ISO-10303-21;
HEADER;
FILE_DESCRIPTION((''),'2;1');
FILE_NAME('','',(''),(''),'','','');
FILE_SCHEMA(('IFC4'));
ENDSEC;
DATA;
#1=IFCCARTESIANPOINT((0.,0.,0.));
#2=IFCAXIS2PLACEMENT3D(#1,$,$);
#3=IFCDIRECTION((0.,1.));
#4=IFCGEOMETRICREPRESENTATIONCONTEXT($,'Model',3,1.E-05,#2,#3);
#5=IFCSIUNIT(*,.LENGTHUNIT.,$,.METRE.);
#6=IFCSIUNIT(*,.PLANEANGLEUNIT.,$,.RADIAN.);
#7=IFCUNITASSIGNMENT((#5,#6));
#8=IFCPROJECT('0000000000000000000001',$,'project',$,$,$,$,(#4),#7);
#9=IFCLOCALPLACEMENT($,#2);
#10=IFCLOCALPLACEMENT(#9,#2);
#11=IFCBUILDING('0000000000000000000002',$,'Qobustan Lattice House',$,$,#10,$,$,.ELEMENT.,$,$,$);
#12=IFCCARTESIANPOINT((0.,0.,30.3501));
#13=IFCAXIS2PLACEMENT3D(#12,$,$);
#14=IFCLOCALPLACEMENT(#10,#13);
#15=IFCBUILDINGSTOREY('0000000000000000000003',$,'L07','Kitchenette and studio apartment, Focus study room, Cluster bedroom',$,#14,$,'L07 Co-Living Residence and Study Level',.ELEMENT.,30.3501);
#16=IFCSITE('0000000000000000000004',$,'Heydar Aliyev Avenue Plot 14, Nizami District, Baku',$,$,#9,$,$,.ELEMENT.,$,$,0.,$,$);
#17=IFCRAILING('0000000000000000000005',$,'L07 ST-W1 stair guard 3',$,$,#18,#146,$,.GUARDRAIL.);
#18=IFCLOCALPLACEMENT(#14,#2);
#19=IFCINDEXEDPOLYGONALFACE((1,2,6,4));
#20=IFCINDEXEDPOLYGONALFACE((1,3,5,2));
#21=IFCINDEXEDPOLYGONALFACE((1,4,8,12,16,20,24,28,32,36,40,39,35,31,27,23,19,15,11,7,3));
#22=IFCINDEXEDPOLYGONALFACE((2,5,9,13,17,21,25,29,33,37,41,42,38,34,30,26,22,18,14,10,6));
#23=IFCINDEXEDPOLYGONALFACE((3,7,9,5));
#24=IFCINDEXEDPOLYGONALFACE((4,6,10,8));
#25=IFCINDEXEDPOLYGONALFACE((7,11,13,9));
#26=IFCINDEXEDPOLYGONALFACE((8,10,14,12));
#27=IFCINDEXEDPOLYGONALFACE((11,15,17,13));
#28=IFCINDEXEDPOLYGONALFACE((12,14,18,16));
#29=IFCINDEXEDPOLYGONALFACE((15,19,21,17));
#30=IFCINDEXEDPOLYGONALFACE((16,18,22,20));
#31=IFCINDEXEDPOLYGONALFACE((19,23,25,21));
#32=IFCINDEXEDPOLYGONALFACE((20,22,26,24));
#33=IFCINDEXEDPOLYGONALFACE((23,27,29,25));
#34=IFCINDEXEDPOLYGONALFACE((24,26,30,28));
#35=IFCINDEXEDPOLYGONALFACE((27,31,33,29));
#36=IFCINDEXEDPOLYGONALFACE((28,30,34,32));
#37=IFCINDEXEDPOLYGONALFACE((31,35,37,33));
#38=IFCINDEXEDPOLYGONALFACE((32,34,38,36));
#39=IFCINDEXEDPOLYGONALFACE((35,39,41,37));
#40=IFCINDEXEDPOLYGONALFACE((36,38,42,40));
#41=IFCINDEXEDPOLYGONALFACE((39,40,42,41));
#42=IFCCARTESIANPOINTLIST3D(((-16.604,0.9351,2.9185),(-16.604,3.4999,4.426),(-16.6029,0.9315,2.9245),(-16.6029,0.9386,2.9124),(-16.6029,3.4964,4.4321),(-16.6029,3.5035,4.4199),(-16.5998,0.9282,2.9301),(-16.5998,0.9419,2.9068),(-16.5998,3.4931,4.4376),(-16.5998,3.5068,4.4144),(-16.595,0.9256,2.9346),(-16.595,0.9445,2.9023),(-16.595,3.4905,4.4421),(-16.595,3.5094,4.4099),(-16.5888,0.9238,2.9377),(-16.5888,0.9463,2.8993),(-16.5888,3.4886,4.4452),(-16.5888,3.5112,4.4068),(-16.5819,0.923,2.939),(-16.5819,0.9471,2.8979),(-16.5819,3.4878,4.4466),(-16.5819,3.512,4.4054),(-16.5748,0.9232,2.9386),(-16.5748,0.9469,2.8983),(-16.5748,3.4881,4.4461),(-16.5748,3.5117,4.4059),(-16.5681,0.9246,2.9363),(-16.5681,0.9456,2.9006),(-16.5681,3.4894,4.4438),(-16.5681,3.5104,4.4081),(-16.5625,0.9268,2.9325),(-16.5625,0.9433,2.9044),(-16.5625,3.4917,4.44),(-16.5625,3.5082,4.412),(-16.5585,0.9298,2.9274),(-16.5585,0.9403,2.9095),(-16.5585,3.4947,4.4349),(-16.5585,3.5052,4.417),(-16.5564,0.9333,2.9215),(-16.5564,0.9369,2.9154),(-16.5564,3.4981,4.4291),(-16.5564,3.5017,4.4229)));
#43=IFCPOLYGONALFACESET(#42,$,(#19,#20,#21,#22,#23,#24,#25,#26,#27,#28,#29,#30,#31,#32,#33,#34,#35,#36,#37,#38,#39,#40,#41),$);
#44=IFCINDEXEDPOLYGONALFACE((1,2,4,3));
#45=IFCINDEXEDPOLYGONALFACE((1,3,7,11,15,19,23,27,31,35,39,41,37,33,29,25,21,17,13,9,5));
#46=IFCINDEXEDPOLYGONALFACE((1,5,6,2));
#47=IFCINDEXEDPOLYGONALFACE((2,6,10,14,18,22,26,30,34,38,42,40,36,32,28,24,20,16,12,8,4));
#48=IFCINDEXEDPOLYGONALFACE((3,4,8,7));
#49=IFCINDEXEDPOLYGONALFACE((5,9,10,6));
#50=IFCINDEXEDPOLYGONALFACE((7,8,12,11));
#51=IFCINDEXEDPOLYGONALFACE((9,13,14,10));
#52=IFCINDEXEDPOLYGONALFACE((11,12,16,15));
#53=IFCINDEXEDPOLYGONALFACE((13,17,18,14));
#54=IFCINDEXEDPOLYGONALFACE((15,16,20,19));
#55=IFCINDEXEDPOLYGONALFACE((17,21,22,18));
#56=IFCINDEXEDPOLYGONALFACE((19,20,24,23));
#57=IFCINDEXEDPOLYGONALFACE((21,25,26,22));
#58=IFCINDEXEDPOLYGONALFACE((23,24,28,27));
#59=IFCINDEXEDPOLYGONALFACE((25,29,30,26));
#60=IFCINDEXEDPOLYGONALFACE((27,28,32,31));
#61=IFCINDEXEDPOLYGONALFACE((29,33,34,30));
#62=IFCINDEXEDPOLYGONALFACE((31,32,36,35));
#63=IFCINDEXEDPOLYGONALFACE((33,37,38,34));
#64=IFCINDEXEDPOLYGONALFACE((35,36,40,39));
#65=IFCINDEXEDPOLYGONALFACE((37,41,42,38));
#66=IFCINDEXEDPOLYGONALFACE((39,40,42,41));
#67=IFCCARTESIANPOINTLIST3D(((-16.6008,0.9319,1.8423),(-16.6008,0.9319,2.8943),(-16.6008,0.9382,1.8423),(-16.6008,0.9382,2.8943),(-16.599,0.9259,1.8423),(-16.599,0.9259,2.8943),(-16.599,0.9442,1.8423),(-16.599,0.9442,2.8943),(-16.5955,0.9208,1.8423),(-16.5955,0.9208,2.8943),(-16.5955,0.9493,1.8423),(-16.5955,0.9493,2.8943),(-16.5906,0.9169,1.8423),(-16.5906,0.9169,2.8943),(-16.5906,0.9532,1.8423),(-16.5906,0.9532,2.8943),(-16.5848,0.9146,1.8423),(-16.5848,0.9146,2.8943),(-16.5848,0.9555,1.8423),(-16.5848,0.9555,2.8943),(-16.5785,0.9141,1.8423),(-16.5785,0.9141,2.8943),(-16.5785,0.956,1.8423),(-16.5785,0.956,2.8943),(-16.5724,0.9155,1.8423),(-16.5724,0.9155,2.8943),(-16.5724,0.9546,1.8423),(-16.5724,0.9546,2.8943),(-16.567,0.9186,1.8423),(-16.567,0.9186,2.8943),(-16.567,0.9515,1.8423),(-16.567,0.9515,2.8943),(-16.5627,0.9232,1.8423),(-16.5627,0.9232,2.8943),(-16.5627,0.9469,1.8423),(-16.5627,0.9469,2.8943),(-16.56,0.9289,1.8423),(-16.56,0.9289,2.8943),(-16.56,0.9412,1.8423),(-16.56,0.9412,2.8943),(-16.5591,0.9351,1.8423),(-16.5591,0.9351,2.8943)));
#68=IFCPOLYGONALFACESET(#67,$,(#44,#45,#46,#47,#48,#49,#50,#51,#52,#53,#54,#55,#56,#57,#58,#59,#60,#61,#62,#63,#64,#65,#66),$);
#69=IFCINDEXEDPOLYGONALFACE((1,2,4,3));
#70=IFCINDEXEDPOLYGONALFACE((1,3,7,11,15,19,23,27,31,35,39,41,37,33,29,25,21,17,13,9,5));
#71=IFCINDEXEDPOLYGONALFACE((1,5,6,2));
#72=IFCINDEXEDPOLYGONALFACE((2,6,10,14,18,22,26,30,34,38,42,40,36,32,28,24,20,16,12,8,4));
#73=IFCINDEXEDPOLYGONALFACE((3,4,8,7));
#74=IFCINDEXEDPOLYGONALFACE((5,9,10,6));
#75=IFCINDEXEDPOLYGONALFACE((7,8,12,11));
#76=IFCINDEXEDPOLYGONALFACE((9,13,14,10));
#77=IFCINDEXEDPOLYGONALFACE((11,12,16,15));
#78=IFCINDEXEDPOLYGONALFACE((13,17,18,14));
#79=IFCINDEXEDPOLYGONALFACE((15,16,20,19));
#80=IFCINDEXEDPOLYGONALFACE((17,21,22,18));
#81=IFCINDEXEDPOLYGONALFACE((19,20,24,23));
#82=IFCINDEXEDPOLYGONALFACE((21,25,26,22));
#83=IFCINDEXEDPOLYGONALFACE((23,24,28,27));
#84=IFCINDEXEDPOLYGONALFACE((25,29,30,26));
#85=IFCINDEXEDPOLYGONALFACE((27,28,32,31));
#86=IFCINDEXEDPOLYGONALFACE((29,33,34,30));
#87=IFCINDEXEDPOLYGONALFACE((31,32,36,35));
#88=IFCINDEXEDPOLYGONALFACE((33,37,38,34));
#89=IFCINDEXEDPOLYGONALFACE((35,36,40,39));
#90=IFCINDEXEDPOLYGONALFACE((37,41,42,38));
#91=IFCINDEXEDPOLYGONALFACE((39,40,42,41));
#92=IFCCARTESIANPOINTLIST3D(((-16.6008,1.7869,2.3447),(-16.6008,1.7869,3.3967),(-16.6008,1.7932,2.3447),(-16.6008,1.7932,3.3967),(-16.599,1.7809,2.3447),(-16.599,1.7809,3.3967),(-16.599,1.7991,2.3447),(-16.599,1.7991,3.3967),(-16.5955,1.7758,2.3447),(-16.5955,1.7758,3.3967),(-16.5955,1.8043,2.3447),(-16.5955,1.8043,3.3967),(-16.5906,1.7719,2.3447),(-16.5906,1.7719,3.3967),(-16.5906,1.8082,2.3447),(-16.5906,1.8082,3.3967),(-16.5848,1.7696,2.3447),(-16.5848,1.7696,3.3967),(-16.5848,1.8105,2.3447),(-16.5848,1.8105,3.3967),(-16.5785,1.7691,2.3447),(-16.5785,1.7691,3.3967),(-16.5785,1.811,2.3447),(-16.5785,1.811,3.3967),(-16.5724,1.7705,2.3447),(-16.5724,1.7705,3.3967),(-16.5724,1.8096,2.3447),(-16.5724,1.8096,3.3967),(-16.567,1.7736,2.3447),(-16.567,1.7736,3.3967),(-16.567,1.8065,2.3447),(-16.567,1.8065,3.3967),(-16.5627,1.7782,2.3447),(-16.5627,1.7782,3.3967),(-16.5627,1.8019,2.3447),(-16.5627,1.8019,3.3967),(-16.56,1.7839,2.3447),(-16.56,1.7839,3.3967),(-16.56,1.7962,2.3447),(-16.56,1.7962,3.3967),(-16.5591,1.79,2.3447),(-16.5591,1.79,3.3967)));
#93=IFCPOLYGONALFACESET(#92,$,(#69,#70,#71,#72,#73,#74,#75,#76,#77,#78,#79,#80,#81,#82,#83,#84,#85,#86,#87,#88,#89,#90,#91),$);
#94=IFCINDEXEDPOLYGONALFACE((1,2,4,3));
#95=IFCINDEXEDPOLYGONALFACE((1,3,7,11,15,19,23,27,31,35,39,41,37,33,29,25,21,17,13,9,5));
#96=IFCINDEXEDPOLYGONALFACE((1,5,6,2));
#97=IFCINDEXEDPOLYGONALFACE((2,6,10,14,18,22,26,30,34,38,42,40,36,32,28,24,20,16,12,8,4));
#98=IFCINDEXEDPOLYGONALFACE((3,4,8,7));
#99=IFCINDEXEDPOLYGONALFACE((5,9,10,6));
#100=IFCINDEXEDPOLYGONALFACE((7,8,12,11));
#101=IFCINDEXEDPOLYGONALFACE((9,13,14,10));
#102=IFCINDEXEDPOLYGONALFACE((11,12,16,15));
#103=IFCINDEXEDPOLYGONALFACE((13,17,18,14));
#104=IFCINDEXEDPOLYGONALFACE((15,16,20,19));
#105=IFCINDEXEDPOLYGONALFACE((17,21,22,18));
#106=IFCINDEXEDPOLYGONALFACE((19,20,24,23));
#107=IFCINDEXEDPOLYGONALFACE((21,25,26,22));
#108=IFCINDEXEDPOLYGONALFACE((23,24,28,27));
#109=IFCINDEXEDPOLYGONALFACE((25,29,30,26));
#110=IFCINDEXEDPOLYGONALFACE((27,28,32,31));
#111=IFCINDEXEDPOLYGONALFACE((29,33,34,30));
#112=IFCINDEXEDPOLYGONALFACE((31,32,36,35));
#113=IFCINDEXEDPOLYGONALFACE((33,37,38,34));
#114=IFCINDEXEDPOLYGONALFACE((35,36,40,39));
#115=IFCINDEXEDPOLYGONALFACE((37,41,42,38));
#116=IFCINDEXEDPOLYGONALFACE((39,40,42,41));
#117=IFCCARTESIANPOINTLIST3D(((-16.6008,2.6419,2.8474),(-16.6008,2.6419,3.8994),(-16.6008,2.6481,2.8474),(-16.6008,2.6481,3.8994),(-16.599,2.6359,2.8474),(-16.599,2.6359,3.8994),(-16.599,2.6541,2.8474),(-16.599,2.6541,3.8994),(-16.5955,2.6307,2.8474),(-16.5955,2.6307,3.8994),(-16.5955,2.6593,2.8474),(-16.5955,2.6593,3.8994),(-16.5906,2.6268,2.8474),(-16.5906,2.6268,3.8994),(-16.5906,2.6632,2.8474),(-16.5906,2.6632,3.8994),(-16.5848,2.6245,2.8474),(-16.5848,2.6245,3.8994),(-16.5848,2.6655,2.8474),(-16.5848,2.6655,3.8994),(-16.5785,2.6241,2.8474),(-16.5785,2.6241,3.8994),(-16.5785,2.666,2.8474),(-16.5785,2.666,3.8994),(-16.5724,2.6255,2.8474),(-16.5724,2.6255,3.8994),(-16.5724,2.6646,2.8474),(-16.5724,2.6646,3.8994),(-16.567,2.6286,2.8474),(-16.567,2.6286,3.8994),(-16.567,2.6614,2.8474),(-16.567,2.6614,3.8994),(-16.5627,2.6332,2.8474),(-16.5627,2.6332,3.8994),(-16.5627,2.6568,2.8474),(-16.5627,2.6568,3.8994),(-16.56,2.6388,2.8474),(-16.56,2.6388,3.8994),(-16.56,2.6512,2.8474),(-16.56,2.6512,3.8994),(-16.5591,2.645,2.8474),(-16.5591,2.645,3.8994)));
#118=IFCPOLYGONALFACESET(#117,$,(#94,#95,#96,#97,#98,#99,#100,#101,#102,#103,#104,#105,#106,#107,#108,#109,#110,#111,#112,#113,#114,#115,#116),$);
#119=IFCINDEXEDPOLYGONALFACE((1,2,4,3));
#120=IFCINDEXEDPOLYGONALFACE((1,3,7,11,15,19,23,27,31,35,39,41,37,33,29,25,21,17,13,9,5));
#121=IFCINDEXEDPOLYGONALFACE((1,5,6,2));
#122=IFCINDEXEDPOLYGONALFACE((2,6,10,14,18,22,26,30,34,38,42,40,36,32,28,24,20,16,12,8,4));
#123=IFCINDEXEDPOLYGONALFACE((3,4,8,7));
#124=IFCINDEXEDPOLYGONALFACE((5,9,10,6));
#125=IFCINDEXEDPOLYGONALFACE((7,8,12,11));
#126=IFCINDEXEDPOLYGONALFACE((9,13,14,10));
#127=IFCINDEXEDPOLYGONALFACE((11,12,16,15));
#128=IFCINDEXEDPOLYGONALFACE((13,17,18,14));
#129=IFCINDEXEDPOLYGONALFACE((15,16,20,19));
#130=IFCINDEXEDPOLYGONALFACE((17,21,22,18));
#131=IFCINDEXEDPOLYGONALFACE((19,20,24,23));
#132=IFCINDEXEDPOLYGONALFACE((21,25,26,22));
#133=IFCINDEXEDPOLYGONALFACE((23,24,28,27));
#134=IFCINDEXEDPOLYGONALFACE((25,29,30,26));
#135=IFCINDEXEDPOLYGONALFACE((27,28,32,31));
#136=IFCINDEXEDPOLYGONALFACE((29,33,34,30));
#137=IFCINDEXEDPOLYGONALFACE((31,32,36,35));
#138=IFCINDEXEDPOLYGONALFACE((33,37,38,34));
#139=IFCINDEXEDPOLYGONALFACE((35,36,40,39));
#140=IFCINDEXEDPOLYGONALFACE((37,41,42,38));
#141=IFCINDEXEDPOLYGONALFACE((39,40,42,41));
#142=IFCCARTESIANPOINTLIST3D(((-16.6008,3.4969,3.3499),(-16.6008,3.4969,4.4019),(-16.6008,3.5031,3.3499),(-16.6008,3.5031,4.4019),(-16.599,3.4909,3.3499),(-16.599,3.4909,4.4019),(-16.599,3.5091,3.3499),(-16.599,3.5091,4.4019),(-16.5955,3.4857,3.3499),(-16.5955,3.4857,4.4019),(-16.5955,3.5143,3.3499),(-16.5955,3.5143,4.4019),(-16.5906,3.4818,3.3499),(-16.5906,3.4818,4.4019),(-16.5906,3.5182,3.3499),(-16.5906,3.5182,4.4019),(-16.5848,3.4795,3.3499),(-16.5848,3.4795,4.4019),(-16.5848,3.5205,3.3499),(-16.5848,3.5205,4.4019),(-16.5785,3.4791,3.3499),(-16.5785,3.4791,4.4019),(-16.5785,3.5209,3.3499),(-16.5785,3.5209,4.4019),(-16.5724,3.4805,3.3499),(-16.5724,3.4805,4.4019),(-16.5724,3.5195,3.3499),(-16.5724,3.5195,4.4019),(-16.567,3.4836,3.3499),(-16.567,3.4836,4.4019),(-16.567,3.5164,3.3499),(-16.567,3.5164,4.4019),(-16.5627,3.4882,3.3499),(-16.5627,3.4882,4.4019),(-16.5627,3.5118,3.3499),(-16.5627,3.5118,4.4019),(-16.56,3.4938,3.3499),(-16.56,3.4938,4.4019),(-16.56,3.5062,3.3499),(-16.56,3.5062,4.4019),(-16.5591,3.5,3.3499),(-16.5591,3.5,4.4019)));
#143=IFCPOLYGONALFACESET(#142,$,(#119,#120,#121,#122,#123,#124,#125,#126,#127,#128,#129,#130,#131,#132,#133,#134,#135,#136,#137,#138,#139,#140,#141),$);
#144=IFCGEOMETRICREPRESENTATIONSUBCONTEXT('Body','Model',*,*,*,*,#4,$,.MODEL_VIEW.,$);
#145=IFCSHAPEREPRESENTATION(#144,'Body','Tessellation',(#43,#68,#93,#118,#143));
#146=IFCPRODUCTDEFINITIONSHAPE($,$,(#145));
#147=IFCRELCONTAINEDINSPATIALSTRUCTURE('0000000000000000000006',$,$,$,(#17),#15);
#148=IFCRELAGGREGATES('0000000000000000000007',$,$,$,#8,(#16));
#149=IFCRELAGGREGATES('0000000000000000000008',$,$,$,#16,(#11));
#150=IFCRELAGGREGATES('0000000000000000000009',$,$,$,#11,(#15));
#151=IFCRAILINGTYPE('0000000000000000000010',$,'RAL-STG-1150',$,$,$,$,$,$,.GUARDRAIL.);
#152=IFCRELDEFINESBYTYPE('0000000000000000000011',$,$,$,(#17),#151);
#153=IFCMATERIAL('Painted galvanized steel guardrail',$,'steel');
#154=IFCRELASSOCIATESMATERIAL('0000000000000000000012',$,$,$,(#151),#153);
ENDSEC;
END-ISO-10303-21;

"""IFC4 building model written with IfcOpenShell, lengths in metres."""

from ifc_helpers import new_model, si_unit, direction, frame, origin, origin_2d, place, context, subcontext, project, spatial, circle, extrude, material, type_object, element, save


model = new_model("IFC4")

# Units and contexts
model_context = context("Model", 3, precision=1e-05, world=origin(), true_north=direction((0.0, 1.0)))
body_context = subcontext(model_context, "Body", "Model", "MODEL_VIEW")
ifc_project = project(units=[si_unit("LENGTHUNIT", "METRE"), si_unit("PLANEANGLEUNIT", "RADIAN")], contexts=[model_context])

# Site, building, storey
site_placement = place(None, origin())
site = spatial("IfcSite", under=ifc_project, at=site_placement, Name="Heydar Aliyev Avenue Plot 14, Nizami District, Baku", CompositionType="ELEMENT", RefElevation=0.0)
building_placement = place(site_placement, origin())
building = spatial("IfcBuilding", under=site, at=building_placement, Name="Qobustan Lattice House", CompositionType="ELEMENT")
storey_placement = place(building_placement, frame((0.0, 0.0, 30.3501)))
storey = spatial("IfcBuildingStorey", under=building, at=storey_placement, Name="L07", Description="Kitchenette and studio apartment, Focus study room, Cluster bedroom", LongName="L07 Co-Living Residence and Study Level", CompositionType="ELEMENT", Elevation=30.3501)

# Railing
ifc_material_1 = material(Name="Painted galvanized steel guardrail", Category="steel")
railing_type_1 = type_object("IfcRailingType", Name="RAL-STG-1150", PredefinedType="GUARDRAIL", material=ifc_material_1)
railing_1_placement = place(storey_placement, frame((-16.5801, 0.9351, 1.8423)))
element("IfcRailing", 1, at=railing_1_placement, inside=storey, type_object=railing_type_1, Name="L07 ST-W1 stair guard 3", PredefinedType="GUARDRAIL", context=body_context, shape_type="SweptSolid", body=[
    extrude(circle(Radius=0.0239, at=origin_2d()), frame((0.0, 0.0, 1.0762), z_axis=(0.0, 0.862113, 0.506715), x_axis=(-1.0, 0.0, 0.0)), (0.0, 0.0, 1.0), 2.9751),
    extrude(circle(Radius=0.021, at=origin_2d()), origin(), (0.0, 0.0, 1.0), 1.052),
    extrude(circle(Radius=0.021, at=origin_2d()), frame((0.0, 0.855, 0.5024)), (0.0, 0.0, 1.0), 1.052),
    extrude(circle(Radius=0.021, at=origin_2d()), frame((0.0, 1.71, 1.0051)), (0.0, 0.0, 1.0), 1.052),
    extrude(circle(Radius=0.021, at=origin_2d()), frame((0.0, 2.5649, 1.5076)), (0.0, 0.0, 1.0), 1.052),
])

save(model, "model.ifc")
